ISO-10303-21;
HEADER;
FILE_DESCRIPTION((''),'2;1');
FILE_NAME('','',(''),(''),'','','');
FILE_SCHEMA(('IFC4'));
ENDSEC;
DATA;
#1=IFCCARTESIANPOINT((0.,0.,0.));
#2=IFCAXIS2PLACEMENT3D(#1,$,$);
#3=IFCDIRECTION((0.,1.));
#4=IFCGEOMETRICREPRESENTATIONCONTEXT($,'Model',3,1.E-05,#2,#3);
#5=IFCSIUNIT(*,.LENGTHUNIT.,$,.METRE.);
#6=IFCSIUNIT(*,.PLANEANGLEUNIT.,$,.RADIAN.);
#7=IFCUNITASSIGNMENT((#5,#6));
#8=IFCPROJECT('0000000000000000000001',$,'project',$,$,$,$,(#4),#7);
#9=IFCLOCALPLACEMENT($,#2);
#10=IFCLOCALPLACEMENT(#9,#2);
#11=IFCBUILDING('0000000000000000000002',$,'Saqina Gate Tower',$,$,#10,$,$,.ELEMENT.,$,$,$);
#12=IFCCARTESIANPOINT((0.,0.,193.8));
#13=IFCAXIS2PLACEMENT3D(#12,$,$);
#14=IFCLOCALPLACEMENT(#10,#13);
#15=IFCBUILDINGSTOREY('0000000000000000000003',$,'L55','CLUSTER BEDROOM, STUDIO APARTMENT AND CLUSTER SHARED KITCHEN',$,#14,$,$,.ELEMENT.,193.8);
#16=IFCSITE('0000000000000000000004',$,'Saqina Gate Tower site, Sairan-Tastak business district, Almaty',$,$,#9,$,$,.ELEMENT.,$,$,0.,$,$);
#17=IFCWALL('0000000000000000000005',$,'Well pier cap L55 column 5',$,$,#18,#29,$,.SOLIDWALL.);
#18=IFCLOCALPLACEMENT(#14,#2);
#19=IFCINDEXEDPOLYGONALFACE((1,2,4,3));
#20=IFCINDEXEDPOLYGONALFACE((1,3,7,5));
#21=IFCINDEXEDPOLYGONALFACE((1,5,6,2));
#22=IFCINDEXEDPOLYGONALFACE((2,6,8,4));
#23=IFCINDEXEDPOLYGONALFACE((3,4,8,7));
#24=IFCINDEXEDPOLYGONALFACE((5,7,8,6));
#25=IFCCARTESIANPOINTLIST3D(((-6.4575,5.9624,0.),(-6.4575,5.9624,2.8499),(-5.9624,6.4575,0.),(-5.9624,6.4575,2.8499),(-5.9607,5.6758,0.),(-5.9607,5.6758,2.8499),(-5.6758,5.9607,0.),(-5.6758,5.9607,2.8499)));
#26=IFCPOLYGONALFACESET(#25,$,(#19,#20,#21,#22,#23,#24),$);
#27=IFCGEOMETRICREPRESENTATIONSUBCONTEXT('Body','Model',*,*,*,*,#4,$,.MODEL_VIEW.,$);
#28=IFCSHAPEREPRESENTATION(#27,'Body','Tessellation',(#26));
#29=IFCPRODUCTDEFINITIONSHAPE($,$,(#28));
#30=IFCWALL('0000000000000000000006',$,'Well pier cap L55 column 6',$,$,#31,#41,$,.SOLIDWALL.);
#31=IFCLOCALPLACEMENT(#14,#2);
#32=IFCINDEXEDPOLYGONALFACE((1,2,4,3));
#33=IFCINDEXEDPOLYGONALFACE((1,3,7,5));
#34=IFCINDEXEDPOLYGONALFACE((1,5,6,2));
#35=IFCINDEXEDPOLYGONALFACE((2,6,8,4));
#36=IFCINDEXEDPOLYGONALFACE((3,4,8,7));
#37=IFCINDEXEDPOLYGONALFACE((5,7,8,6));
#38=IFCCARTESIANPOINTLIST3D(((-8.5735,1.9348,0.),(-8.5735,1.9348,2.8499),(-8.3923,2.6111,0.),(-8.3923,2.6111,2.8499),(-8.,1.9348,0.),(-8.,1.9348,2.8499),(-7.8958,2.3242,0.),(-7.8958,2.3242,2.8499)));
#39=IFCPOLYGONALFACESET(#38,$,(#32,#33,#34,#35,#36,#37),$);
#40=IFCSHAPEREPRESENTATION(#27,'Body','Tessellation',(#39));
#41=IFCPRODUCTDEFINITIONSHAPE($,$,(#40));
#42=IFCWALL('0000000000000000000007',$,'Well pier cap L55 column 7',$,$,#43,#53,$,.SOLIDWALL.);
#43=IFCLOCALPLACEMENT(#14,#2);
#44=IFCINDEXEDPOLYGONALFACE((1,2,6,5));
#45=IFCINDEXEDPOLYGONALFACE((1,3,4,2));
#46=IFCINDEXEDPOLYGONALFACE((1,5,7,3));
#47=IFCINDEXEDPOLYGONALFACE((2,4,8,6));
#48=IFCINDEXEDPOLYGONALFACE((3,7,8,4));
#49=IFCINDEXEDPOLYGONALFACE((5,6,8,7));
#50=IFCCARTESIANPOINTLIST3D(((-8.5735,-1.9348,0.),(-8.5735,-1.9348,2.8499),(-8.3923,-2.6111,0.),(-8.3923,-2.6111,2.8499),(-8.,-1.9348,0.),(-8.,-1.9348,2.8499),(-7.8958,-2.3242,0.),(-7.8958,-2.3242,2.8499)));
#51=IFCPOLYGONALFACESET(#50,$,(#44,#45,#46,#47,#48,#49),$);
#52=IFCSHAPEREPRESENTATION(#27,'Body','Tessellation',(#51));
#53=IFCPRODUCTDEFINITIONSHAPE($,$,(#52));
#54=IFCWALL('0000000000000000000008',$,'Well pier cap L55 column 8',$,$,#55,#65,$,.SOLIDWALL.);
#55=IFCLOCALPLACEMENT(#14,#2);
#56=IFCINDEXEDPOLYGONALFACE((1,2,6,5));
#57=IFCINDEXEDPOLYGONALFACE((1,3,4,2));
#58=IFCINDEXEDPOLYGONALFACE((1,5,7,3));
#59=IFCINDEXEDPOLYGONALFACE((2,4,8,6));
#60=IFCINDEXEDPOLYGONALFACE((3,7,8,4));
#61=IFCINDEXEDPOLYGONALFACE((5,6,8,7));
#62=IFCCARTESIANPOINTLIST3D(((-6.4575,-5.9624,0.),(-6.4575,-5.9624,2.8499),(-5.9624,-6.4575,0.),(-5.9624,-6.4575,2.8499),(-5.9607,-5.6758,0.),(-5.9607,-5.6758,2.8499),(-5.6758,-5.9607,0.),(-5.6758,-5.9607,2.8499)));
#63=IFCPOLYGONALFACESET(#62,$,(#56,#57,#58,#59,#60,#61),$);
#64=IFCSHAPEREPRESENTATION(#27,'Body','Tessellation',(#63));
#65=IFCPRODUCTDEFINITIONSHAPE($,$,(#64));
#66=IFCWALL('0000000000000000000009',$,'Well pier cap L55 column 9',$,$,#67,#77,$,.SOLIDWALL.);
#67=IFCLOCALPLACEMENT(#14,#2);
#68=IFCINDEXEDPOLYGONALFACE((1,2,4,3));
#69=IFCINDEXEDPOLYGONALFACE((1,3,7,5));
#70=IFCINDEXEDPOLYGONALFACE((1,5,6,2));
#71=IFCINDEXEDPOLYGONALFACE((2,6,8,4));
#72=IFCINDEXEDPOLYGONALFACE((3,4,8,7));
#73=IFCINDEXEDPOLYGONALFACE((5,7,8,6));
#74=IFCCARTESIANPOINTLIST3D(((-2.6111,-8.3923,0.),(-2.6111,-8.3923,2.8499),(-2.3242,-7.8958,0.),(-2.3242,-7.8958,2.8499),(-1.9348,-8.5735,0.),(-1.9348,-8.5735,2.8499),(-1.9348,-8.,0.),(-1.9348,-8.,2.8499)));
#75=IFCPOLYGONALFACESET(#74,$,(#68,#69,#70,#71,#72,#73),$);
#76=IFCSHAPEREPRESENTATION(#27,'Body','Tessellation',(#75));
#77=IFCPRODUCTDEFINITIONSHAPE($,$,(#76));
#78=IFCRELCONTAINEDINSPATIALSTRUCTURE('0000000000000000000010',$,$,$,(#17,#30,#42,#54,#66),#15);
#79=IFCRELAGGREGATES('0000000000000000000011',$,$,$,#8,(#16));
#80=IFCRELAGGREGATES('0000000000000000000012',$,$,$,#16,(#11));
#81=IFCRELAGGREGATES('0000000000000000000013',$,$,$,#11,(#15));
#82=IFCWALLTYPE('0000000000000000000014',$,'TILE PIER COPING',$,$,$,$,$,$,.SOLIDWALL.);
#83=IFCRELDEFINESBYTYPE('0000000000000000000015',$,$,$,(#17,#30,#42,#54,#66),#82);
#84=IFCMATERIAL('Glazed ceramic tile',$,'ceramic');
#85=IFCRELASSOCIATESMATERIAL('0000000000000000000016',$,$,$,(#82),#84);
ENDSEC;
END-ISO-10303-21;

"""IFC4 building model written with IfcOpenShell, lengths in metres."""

from ifc_helpers import new_model, si_unit, direction, frame, origin, place, context, subcontext, project, spatial, polyline, outline, extrude, material, type_object, element, save


model = new_model("IFC4")

# Units and contexts
model_context = context("Model", 3, precision=1e-05, world=origin(), true_north=direction((0.0, 1.0)))
body_context = subcontext(model_context, "Body", "Model", "MODEL_VIEW")
ifc_project = project(units=[si_unit("LENGTHUNIT", "METRE"), si_unit("PLANEANGLEUNIT", "RADIAN")], contexts=[model_context])

# Site, building, storey
site_placement = place(None, origin())
site = spatial("IfcSite", under=ifc_project, at=site_placement, Name="Saqina Gate Tower site, Sairan-Tastak business district, Almaty", CompositionType="ELEMENT", RefElevation=0.0)
building_placement = place(site_placement, origin())
building = spatial("IfcBuilding", under=site, at=building_placement, Name="Saqina Gate Tower", CompositionType="ELEMENT")
storey_placement = place(building_placement, frame((0.0, 0.0, 193.8)))
storey = spatial("IfcBuildingStorey", under=building, at=storey_placement, Name="L55", Description="CLUSTER BEDROOM, STUDIO APARTMENT AND CLUSTER SHARED KITCHEN", CompositionType="ELEMENT", Elevation=193.8)

# Walls
ifc_material_1 = material(Name="Glazed ceramic tile", Category="ceramic")
wall_type_1 = type_object("IfcWallType", Name="TILE PIER COPING", PredefinedType="SOLIDWALL", material=ifc_material_1)
wall_1_placement = place(storey_placement, origin())
element("IfcWall", 1, at=wall_1_placement, inside=storey, type_object=wall_type_1, Name="Well pier cap L55 column 5", PredefinedType="SOLIDWALL", context=body_context, shape_type="SweptSolid", body=[
    extrude(outline(polyline([(-6.4575, 5.9624), (-5.9607, 5.6758), (-5.6758, 5.9607), (-5.9624, 6.4575), (-6.4575, 5.9624)])), origin(), (0.0, 0.0, 1.0), 2.8499),
])
wall_2_placement = place(storey_placement, origin())
element("IfcWall", 2, at=wall_2_placement, inside=storey, type_object=wall_type_1, Name="Well pier cap L55 column 6", PredefinedType="SOLIDWALL", context=body_context, shape_type="SweptSolid", body=[
    extrude(outline(polyline([(-8.5735, 1.9348), (-8.0, 1.9348), (-7.8958, 2.3242), (-8.3923, 2.6111), (-8.5735, 1.9348)])), origin(), (0.0, 0.0, 1.0), 2.8499),
])
wall_3_placement = place(storey_placement, origin())
element("IfcWall", 3, at=wall_3_placement, inside=storey, type_object=wall_type_1, Name="Well pier cap L55 column 7", PredefinedType="SOLIDWALL", context=body_context, shape_type="SweptSolid", body=[
    extrude(outline(polyline([(-8.0, -1.9348), (-8.5735, -1.9348), (-8.3923, -2.6111), (-7.8958, -2.3242), (-8.0, -1.9348)])), origin(), (0.0, 0.0, 1.0), 2.8499),
])
wall_4_placement = place(storey_placement, origin())
element("IfcWall", 4, at=wall_4_placement, inside=storey, type_object=wall_type_1, Name="Well pier cap L55 column 8", PredefinedType="SOLIDWALL", context=body_context, shape_type="SweptSolid", body=[
    extrude(outline(polyline([(-6.4575, -5.9624), (-5.9624, -6.4575), (-5.6758, -5.9607), (-5.9607, -5.6758), (-6.4575, -5.9624)])), origin(), (0.0, 0.0, 1.0), 2.8499),
])
wall_5_placement = place(storey_placement, origin())
element("IfcWall", 5, at=wall_5_placement, inside=storey, type_object=wall_type_1, Name="Well pier cap L55 column 9", PredefinedType="SOLIDWALL", context=body_context, shape_type="SweptSolid", body=[
    extrude(outline(polyline([(-1.9348, -8.5735), (-1.9348, -8.0), (-2.3242, -7.8958), (-2.6111, -8.3923), (-1.9348, -8.5735)])), origin(), (0.0, 0.0, 1.0), 2.8499),
])

save(model, "model.ifc")
